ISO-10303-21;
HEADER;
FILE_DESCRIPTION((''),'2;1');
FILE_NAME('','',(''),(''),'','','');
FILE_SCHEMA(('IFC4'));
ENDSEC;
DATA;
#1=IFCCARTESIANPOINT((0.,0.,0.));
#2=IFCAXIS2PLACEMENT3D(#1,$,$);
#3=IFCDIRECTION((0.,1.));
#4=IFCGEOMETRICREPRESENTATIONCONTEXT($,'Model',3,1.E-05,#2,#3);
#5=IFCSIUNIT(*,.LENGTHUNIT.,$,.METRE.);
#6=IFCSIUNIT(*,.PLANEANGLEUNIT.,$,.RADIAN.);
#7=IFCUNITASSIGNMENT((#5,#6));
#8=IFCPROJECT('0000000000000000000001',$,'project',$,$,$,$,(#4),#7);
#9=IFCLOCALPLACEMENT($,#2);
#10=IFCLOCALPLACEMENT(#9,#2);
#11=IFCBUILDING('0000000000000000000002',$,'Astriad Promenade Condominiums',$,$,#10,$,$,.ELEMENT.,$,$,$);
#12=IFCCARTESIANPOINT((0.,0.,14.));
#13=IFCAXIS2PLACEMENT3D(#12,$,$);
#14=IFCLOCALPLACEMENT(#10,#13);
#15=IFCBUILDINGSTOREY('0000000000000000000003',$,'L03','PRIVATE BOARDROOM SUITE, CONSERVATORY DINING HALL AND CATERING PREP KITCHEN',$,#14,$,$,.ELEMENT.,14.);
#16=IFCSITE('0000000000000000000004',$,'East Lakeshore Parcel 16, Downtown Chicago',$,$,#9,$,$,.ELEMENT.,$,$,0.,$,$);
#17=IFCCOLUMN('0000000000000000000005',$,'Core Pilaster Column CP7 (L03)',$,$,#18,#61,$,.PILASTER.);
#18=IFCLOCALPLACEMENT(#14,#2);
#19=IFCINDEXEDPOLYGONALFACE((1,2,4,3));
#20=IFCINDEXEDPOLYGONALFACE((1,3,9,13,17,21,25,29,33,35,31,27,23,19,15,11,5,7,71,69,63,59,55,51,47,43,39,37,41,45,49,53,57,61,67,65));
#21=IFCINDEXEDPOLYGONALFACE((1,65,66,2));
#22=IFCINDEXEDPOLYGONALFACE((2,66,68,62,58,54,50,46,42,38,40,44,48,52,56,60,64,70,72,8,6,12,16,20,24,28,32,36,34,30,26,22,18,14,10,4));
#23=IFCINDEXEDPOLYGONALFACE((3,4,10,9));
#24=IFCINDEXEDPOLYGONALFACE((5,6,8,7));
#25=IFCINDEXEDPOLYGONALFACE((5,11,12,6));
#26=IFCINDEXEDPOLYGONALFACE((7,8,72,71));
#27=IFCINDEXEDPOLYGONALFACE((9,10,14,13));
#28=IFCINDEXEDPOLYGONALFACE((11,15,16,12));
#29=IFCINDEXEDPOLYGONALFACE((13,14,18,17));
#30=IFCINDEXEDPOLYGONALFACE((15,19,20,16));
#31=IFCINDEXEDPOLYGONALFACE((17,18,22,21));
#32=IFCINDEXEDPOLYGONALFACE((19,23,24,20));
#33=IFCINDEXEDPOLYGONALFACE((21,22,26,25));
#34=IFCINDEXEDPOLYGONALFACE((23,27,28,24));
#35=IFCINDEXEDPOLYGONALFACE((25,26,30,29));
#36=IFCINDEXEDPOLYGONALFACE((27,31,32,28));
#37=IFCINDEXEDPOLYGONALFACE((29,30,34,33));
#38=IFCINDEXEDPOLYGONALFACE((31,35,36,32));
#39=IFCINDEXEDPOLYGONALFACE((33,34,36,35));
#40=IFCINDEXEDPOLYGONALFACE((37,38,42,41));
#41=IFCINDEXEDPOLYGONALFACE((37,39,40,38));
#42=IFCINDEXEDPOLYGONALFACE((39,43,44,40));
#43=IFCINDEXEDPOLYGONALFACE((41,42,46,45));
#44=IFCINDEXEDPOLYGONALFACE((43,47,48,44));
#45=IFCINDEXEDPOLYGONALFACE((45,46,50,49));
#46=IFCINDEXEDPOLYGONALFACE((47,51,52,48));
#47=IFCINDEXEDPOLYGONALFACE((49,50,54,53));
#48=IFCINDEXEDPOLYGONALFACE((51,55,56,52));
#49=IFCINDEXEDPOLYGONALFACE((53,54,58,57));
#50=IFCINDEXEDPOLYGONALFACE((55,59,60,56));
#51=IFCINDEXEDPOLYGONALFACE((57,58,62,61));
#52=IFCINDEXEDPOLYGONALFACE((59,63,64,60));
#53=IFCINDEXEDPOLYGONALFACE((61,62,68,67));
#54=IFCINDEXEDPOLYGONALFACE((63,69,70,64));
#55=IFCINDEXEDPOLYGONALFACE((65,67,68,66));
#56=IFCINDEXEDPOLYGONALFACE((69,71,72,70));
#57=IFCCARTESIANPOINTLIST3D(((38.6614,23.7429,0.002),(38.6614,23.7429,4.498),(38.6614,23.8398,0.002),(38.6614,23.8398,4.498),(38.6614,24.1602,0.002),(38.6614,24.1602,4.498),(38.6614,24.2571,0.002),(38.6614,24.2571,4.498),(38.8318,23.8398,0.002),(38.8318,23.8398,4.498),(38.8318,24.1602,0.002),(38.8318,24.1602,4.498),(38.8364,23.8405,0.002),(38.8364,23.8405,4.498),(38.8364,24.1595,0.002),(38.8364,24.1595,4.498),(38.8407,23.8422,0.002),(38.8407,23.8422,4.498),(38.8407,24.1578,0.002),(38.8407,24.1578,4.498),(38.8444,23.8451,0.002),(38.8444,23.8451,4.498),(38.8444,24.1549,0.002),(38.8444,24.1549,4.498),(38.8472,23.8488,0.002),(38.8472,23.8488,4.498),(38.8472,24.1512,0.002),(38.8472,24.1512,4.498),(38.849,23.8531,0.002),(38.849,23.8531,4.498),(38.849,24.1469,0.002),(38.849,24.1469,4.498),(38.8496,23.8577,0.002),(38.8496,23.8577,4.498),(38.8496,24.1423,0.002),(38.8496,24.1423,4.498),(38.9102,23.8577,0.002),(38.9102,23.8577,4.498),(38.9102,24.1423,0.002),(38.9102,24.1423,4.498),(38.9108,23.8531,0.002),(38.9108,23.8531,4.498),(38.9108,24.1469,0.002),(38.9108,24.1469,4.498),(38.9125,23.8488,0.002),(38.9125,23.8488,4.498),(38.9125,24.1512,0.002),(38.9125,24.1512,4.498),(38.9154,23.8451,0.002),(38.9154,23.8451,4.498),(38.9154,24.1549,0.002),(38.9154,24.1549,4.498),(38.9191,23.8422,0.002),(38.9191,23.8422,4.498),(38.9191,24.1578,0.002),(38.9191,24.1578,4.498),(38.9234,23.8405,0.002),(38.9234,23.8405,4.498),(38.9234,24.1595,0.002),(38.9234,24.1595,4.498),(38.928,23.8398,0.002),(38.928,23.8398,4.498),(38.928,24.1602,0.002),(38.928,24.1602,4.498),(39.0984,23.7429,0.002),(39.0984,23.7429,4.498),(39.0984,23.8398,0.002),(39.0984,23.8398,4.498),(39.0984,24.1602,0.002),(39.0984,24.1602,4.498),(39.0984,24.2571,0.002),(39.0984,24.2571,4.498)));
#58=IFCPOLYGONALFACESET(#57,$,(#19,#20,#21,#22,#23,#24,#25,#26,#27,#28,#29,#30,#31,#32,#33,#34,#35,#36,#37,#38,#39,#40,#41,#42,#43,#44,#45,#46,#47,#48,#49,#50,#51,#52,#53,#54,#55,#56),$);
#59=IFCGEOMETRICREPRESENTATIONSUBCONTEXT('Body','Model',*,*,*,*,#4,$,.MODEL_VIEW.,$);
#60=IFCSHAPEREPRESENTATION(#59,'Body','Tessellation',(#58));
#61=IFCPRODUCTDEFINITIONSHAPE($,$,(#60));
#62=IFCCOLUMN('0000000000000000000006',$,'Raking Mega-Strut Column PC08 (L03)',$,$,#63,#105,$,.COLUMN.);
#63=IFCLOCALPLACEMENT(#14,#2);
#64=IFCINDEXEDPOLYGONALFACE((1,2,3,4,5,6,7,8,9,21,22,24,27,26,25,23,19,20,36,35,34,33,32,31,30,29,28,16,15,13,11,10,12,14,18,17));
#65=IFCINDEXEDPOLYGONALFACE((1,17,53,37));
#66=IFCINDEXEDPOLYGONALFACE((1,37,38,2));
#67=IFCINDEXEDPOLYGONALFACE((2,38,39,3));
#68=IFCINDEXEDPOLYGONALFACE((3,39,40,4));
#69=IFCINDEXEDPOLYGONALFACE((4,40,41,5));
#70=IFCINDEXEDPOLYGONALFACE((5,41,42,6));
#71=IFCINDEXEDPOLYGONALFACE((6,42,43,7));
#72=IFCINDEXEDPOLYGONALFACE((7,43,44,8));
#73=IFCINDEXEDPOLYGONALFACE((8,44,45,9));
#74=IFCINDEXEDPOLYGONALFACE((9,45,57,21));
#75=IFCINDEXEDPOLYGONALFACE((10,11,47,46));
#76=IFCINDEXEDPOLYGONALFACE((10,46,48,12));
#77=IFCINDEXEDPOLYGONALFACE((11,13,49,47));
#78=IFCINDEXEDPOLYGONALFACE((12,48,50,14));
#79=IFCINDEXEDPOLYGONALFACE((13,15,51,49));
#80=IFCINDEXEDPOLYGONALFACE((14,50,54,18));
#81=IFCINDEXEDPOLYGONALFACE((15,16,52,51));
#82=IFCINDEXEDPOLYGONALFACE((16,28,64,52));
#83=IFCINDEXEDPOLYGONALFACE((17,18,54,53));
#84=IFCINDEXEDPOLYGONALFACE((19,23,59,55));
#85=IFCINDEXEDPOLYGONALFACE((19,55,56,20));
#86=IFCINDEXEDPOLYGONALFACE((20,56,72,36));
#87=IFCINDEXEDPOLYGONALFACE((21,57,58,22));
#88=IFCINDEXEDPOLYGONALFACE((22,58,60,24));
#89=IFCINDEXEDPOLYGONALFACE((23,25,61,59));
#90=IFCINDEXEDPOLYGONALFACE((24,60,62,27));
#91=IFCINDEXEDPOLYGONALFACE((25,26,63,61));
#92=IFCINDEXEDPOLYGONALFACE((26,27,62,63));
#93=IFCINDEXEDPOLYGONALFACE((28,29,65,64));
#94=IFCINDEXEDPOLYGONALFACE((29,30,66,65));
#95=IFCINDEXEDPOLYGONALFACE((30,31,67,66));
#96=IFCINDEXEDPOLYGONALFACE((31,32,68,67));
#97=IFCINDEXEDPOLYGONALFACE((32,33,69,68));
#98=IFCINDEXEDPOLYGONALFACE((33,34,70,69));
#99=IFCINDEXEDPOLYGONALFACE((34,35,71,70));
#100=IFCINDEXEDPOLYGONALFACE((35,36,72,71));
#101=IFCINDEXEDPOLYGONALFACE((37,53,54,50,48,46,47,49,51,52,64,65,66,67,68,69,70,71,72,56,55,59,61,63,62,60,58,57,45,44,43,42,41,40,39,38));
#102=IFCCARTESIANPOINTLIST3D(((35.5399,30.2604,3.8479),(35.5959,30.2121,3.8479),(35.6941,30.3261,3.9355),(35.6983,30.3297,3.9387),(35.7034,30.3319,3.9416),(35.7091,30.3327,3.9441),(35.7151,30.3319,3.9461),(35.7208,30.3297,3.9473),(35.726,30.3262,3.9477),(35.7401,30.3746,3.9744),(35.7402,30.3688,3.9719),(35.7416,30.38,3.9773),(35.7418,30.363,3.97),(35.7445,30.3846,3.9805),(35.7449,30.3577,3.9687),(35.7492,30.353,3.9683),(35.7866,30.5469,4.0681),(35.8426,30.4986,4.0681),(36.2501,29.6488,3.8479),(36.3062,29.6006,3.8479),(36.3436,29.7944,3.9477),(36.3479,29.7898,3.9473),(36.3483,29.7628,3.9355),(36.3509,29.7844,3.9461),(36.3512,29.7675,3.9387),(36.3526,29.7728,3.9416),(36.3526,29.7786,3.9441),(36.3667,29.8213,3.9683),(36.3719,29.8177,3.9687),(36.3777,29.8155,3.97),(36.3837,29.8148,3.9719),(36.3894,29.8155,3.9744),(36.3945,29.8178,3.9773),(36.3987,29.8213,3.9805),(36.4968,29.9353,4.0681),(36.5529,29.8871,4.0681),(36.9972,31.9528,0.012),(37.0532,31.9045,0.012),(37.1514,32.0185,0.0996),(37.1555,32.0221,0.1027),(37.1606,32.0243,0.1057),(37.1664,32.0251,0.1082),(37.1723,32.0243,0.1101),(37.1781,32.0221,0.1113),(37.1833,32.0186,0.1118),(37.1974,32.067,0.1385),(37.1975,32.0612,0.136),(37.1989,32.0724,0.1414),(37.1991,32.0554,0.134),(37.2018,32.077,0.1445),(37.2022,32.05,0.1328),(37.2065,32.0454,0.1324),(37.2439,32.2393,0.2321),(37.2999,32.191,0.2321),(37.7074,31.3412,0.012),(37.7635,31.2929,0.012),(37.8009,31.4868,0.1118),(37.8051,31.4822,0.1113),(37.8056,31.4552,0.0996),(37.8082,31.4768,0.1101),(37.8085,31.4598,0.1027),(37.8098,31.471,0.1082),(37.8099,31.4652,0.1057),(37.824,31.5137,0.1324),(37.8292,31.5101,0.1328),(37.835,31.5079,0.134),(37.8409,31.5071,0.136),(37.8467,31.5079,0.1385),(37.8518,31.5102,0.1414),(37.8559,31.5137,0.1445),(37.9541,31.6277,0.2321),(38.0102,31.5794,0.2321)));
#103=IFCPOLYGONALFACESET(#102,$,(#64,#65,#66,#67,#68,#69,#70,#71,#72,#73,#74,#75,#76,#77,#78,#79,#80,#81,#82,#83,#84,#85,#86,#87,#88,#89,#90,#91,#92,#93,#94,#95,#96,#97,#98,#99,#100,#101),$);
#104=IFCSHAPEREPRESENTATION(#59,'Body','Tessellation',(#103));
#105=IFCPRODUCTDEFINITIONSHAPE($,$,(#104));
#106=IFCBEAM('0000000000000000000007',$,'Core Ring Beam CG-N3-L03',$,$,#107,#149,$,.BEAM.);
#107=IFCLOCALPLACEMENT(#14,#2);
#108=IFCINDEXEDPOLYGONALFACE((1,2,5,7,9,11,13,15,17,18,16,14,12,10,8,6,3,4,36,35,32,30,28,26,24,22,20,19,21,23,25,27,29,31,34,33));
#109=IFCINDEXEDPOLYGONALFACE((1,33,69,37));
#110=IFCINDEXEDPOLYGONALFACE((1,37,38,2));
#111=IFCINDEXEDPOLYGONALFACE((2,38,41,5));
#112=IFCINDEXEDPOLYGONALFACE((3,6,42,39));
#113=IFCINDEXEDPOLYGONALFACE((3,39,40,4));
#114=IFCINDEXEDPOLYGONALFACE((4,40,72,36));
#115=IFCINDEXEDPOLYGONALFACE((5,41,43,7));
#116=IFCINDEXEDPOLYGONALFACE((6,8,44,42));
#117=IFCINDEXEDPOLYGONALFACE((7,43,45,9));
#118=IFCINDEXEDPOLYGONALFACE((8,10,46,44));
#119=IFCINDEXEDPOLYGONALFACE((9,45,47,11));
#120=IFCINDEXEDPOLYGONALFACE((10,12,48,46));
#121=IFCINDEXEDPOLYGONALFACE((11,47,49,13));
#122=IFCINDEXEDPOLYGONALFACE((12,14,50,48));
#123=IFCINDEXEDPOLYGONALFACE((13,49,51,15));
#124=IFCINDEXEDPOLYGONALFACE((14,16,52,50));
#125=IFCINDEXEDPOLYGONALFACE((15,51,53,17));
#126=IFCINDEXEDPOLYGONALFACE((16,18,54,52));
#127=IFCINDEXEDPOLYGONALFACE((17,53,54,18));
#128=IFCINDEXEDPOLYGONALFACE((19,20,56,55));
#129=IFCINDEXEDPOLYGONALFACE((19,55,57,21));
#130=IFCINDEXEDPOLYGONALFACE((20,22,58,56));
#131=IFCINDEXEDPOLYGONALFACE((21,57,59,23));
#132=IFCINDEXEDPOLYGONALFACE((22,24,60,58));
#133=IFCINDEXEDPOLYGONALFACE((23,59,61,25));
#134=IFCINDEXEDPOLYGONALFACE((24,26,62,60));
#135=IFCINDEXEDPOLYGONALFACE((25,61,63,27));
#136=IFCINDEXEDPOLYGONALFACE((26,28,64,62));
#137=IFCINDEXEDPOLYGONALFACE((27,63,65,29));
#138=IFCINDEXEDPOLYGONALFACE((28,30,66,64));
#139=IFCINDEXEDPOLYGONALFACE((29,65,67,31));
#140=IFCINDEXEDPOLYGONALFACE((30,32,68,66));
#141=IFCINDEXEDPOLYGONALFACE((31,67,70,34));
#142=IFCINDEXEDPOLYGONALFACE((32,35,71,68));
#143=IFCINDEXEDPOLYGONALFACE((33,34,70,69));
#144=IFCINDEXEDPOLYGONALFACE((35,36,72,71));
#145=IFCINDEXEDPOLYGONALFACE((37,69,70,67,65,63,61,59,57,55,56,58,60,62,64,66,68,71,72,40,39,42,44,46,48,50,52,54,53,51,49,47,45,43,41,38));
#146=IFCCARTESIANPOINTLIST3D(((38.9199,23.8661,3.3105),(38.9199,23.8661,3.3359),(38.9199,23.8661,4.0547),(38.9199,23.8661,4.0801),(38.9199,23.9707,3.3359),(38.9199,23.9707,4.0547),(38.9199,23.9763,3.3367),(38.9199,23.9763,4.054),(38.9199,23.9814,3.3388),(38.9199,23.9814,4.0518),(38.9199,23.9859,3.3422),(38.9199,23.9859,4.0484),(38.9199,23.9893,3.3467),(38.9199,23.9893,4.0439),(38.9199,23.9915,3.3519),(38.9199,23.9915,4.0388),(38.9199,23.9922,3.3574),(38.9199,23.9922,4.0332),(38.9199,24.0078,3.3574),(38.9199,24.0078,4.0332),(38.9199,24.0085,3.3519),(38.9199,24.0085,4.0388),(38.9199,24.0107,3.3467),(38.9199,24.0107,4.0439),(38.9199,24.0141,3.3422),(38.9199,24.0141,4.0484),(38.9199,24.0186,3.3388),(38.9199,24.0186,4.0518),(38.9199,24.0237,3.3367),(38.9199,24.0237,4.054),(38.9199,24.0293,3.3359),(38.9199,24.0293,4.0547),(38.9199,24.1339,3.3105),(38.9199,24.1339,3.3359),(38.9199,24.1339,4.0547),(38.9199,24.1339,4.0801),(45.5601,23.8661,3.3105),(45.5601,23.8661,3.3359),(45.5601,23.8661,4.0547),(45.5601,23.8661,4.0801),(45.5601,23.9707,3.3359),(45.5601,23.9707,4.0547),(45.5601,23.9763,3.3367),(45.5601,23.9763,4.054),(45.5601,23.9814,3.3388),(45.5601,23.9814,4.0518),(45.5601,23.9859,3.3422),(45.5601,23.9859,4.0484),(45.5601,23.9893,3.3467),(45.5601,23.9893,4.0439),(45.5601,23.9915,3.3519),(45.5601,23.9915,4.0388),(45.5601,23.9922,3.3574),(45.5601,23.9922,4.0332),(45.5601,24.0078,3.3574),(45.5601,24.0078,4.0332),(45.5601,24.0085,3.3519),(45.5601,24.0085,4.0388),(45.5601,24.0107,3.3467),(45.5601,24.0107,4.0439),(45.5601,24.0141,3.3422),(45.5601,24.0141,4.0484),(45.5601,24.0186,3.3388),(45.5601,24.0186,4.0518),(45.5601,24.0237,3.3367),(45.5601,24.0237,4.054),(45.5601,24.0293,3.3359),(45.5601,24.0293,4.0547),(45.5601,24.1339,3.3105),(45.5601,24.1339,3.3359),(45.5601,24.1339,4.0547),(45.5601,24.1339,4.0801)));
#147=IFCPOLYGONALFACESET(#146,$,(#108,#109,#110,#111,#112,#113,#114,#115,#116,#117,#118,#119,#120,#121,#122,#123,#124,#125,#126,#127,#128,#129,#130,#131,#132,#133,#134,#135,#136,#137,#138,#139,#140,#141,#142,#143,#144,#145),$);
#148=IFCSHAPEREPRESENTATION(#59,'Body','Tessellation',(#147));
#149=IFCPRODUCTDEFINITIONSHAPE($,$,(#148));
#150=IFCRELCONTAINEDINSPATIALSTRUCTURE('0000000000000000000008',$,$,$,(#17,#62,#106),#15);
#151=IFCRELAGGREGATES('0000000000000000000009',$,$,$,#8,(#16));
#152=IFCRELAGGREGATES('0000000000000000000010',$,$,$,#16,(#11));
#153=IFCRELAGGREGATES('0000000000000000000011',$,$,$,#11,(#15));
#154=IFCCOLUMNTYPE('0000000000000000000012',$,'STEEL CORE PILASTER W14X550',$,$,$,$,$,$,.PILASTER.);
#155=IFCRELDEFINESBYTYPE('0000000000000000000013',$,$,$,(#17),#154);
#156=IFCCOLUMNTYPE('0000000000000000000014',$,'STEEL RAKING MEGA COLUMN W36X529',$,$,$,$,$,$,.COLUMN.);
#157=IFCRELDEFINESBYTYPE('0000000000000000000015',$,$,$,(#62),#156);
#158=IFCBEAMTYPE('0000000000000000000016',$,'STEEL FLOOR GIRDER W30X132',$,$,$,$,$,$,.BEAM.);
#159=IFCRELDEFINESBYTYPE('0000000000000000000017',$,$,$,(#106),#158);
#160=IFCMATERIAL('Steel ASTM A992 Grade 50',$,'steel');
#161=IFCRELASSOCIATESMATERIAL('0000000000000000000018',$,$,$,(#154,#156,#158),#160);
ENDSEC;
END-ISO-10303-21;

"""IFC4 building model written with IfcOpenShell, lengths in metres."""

from ifc_helpers import new_model, si_unit, direction, frame, origin, origin_2d, place, context, subcontext, project, spatial, i_section, extrude, source, transform, mapped, material, material_profile, profile_set, type_object, type_shapes, element, save


model = new_model("IFC4")

# Units and contexts
model_context = context("Model", 3, precision=1e-05, world=origin(), true_north=direction((0.0, 1.0)))
body_context = subcontext(model_context, "Body", "Model", "MODEL_VIEW")
ifc_project = project(units=[si_unit("LENGTHUNIT", "METRE"), si_unit("PLANEANGLEUNIT", "RADIAN")], contexts=[model_context])

# Site, building, storey
site_placement = place(None, origin())
site = spatial("IfcSite", under=ifc_project, at=site_placement, Name="East Lakeshore Parcel 16, Downtown Chicago", CompositionType="ELEMENT", RefElevation=0.0)
building_placement = place(site_placement, origin())
building = spatial("IfcBuilding", under=site, at=building_placement, Name="Astriad Promenade Condominiums", CompositionType="ELEMENT")
storey_placement = place(building_placement, frame((0.0, 0.0, 14.0)))
storey = spatial("IfcBuildingStorey", under=building, at=storey_placement, Name="L03", Description="PRIVATE BOARDROOM SUITE, CONSERVATORY DINING HALL AND CATERING PREP KITCHEN", CompositionType="ELEMENT", Elevation=14.0)

# Columns
ifc_material_1 = material(Name="Steel ASTM A992 Grade 50", Category="steel")
ifc_material_profile_1 = material_profile(ifc_material_1, i_section(OverallWidth=0.437, OverallDepth=0.5142, WebThickness=0.0605, FlangeThickness=0.0969, FilletRadius=0.0178, at=origin_2d()), Name="W14X550")
ifc_profile_set_1 = profile_set([ifc_material_profile_1], Name="Steel ASTM A992 Grade 50")
column_type_1 = type_object("IfcColumnType", Name="STEEL CORE PILASTER W14X550", PredefinedType="PILASTER", material=ifc_profile_set_1)
shared_shape_1 = source(origin(), body_context, "Body", "SweptSolid", [
    extrude(i_section(OverallWidth=0.437, OverallDepth=0.5142, WebThickness=0.0605, FlangeThickness=0.0969, FilletRadius=0.0178, at=origin_2d()), origin(), (0.0, 0.0, 1.0), 4.4961),
])
type_shapes(column_type_1, [shared_shape_1])
column_1_placement = place(storey_placement, frame((38.8799, 24.0, 0.002), z_axis=(0.0, 0.0, 1.0), x_axis=(1.0, 0.0, 0.0)))
element("IfcColumn", 1, at=column_1_placement, inside=storey, type_object=column_type_1, Name="Core Pilaster Column CP7 (L03)", PredefinedType="PILASTER", context=body_context, shape_type="MappedRepresentation", body=[
    mapped(shared_shape_1, transform((0.0, 0.0, 0.0), scale=1.0)),
])
ifc_material_profile_2 = material_profile(ifc_material_1, i_section(OverallWidth=0.4375, OverallDepth=1.0112, WebThickness=0.041, FlangeThickness=0.074, FilletRadius=0.0242, at=origin_2d()), Name="W36X529")
ifc_profile_set_2 = profile_set([ifc_material_profile_2], Name="Steel ASTM A992 Grade 50")
column_type_2 = type_object("IfcColumnType", Name="STEEL RAKING MEGA COLUMN W36X529", PredefinedType="COLUMN", material=ifc_profile_set_2)
shared_shape_2 = source(origin(), body_context, "Body", "SweptSolid", [
    extrude(i_section(OverallWidth=0.4375, OverallDepth=1.0112, WebThickness=0.041, FlangeThickness=0.074, FilletRadius=0.0242, at=origin_2d()), origin(), (0.0, 0.0, 1.0), 4.4387),
])
type_shapes(column_type_2, [shared_shape_2])
column_2_placement = place(storey_placement, frame((37.5037, 31.7661, 0.1221), z_axis=(-0.32831, -0.381277, 0.864199), x_axis=(0.563898, 0.654874, 0.50315)))
element("IfcColumn", 2, at=column_2_placement, inside=storey, type_object=column_type_2, Name="Raking Mega-Strut Column PC08 (L03)", PredefinedType="COLUMN", context=body_context, shape_type="MappedRepresentation", body=[
    mapped(shared_shape_2, transform((0.0, 0.0, 0.0), scale=1.0)),
])

# Beam
ifc_material_profile_3 = material_profile(ifc_material_1, i_section(OverallWidth=0.2678, OverallDepth=0.7695, WebThickness=0.0156, FlangeThickness=0.0254, FilletRadius=0.0215, at=origin_2d()), Name="W30X132")
ifc_profile_set_3 = profile_set([ifc_material_profile_3], Name="Steel ASTM A992 Grade 50")
beam_type_1 = type_object("IfcBeamType", Name="STEEL FLOOR GIRDER W30X132", PredefinedType="BEAM", material=ifc_profile_set_3)
shared_shape_3 = source(origin(), body_context, "Body", "SweptSolid", [
    extrude(i_section(OverallWidth=0.2678, OverallDepth=0.7695, WebThickness=0.0156, FlangeThickness=0.0254, FilletRadius=0.0215, at=origin_2d()), origin(), (0.0, 0.0, 1.0), 6.6401),
])
type_shapes(beam_type_1, [shared_shape_3])
beam_1_placement = place(storey_placement, frame((38.9199, 24.0, 3.6953), z_axis=(1.0, 0.0, 0.0), x_axis=(0.0, 1.0, 0.0)))
element("IfcBeam", 3, at=beam_1_placement, inside=storey, type_object=beam_type_1, Name="Core Ring Beam CG-N3-L03", PredefinedType="BEAM", context=body_context, shape_type="MappedRepresentation", body=[
    mapped(shared_shape_3, transform((0.0, 0.0, 0.0), scale=1.0)),
])

save(model, "model.ifc")
